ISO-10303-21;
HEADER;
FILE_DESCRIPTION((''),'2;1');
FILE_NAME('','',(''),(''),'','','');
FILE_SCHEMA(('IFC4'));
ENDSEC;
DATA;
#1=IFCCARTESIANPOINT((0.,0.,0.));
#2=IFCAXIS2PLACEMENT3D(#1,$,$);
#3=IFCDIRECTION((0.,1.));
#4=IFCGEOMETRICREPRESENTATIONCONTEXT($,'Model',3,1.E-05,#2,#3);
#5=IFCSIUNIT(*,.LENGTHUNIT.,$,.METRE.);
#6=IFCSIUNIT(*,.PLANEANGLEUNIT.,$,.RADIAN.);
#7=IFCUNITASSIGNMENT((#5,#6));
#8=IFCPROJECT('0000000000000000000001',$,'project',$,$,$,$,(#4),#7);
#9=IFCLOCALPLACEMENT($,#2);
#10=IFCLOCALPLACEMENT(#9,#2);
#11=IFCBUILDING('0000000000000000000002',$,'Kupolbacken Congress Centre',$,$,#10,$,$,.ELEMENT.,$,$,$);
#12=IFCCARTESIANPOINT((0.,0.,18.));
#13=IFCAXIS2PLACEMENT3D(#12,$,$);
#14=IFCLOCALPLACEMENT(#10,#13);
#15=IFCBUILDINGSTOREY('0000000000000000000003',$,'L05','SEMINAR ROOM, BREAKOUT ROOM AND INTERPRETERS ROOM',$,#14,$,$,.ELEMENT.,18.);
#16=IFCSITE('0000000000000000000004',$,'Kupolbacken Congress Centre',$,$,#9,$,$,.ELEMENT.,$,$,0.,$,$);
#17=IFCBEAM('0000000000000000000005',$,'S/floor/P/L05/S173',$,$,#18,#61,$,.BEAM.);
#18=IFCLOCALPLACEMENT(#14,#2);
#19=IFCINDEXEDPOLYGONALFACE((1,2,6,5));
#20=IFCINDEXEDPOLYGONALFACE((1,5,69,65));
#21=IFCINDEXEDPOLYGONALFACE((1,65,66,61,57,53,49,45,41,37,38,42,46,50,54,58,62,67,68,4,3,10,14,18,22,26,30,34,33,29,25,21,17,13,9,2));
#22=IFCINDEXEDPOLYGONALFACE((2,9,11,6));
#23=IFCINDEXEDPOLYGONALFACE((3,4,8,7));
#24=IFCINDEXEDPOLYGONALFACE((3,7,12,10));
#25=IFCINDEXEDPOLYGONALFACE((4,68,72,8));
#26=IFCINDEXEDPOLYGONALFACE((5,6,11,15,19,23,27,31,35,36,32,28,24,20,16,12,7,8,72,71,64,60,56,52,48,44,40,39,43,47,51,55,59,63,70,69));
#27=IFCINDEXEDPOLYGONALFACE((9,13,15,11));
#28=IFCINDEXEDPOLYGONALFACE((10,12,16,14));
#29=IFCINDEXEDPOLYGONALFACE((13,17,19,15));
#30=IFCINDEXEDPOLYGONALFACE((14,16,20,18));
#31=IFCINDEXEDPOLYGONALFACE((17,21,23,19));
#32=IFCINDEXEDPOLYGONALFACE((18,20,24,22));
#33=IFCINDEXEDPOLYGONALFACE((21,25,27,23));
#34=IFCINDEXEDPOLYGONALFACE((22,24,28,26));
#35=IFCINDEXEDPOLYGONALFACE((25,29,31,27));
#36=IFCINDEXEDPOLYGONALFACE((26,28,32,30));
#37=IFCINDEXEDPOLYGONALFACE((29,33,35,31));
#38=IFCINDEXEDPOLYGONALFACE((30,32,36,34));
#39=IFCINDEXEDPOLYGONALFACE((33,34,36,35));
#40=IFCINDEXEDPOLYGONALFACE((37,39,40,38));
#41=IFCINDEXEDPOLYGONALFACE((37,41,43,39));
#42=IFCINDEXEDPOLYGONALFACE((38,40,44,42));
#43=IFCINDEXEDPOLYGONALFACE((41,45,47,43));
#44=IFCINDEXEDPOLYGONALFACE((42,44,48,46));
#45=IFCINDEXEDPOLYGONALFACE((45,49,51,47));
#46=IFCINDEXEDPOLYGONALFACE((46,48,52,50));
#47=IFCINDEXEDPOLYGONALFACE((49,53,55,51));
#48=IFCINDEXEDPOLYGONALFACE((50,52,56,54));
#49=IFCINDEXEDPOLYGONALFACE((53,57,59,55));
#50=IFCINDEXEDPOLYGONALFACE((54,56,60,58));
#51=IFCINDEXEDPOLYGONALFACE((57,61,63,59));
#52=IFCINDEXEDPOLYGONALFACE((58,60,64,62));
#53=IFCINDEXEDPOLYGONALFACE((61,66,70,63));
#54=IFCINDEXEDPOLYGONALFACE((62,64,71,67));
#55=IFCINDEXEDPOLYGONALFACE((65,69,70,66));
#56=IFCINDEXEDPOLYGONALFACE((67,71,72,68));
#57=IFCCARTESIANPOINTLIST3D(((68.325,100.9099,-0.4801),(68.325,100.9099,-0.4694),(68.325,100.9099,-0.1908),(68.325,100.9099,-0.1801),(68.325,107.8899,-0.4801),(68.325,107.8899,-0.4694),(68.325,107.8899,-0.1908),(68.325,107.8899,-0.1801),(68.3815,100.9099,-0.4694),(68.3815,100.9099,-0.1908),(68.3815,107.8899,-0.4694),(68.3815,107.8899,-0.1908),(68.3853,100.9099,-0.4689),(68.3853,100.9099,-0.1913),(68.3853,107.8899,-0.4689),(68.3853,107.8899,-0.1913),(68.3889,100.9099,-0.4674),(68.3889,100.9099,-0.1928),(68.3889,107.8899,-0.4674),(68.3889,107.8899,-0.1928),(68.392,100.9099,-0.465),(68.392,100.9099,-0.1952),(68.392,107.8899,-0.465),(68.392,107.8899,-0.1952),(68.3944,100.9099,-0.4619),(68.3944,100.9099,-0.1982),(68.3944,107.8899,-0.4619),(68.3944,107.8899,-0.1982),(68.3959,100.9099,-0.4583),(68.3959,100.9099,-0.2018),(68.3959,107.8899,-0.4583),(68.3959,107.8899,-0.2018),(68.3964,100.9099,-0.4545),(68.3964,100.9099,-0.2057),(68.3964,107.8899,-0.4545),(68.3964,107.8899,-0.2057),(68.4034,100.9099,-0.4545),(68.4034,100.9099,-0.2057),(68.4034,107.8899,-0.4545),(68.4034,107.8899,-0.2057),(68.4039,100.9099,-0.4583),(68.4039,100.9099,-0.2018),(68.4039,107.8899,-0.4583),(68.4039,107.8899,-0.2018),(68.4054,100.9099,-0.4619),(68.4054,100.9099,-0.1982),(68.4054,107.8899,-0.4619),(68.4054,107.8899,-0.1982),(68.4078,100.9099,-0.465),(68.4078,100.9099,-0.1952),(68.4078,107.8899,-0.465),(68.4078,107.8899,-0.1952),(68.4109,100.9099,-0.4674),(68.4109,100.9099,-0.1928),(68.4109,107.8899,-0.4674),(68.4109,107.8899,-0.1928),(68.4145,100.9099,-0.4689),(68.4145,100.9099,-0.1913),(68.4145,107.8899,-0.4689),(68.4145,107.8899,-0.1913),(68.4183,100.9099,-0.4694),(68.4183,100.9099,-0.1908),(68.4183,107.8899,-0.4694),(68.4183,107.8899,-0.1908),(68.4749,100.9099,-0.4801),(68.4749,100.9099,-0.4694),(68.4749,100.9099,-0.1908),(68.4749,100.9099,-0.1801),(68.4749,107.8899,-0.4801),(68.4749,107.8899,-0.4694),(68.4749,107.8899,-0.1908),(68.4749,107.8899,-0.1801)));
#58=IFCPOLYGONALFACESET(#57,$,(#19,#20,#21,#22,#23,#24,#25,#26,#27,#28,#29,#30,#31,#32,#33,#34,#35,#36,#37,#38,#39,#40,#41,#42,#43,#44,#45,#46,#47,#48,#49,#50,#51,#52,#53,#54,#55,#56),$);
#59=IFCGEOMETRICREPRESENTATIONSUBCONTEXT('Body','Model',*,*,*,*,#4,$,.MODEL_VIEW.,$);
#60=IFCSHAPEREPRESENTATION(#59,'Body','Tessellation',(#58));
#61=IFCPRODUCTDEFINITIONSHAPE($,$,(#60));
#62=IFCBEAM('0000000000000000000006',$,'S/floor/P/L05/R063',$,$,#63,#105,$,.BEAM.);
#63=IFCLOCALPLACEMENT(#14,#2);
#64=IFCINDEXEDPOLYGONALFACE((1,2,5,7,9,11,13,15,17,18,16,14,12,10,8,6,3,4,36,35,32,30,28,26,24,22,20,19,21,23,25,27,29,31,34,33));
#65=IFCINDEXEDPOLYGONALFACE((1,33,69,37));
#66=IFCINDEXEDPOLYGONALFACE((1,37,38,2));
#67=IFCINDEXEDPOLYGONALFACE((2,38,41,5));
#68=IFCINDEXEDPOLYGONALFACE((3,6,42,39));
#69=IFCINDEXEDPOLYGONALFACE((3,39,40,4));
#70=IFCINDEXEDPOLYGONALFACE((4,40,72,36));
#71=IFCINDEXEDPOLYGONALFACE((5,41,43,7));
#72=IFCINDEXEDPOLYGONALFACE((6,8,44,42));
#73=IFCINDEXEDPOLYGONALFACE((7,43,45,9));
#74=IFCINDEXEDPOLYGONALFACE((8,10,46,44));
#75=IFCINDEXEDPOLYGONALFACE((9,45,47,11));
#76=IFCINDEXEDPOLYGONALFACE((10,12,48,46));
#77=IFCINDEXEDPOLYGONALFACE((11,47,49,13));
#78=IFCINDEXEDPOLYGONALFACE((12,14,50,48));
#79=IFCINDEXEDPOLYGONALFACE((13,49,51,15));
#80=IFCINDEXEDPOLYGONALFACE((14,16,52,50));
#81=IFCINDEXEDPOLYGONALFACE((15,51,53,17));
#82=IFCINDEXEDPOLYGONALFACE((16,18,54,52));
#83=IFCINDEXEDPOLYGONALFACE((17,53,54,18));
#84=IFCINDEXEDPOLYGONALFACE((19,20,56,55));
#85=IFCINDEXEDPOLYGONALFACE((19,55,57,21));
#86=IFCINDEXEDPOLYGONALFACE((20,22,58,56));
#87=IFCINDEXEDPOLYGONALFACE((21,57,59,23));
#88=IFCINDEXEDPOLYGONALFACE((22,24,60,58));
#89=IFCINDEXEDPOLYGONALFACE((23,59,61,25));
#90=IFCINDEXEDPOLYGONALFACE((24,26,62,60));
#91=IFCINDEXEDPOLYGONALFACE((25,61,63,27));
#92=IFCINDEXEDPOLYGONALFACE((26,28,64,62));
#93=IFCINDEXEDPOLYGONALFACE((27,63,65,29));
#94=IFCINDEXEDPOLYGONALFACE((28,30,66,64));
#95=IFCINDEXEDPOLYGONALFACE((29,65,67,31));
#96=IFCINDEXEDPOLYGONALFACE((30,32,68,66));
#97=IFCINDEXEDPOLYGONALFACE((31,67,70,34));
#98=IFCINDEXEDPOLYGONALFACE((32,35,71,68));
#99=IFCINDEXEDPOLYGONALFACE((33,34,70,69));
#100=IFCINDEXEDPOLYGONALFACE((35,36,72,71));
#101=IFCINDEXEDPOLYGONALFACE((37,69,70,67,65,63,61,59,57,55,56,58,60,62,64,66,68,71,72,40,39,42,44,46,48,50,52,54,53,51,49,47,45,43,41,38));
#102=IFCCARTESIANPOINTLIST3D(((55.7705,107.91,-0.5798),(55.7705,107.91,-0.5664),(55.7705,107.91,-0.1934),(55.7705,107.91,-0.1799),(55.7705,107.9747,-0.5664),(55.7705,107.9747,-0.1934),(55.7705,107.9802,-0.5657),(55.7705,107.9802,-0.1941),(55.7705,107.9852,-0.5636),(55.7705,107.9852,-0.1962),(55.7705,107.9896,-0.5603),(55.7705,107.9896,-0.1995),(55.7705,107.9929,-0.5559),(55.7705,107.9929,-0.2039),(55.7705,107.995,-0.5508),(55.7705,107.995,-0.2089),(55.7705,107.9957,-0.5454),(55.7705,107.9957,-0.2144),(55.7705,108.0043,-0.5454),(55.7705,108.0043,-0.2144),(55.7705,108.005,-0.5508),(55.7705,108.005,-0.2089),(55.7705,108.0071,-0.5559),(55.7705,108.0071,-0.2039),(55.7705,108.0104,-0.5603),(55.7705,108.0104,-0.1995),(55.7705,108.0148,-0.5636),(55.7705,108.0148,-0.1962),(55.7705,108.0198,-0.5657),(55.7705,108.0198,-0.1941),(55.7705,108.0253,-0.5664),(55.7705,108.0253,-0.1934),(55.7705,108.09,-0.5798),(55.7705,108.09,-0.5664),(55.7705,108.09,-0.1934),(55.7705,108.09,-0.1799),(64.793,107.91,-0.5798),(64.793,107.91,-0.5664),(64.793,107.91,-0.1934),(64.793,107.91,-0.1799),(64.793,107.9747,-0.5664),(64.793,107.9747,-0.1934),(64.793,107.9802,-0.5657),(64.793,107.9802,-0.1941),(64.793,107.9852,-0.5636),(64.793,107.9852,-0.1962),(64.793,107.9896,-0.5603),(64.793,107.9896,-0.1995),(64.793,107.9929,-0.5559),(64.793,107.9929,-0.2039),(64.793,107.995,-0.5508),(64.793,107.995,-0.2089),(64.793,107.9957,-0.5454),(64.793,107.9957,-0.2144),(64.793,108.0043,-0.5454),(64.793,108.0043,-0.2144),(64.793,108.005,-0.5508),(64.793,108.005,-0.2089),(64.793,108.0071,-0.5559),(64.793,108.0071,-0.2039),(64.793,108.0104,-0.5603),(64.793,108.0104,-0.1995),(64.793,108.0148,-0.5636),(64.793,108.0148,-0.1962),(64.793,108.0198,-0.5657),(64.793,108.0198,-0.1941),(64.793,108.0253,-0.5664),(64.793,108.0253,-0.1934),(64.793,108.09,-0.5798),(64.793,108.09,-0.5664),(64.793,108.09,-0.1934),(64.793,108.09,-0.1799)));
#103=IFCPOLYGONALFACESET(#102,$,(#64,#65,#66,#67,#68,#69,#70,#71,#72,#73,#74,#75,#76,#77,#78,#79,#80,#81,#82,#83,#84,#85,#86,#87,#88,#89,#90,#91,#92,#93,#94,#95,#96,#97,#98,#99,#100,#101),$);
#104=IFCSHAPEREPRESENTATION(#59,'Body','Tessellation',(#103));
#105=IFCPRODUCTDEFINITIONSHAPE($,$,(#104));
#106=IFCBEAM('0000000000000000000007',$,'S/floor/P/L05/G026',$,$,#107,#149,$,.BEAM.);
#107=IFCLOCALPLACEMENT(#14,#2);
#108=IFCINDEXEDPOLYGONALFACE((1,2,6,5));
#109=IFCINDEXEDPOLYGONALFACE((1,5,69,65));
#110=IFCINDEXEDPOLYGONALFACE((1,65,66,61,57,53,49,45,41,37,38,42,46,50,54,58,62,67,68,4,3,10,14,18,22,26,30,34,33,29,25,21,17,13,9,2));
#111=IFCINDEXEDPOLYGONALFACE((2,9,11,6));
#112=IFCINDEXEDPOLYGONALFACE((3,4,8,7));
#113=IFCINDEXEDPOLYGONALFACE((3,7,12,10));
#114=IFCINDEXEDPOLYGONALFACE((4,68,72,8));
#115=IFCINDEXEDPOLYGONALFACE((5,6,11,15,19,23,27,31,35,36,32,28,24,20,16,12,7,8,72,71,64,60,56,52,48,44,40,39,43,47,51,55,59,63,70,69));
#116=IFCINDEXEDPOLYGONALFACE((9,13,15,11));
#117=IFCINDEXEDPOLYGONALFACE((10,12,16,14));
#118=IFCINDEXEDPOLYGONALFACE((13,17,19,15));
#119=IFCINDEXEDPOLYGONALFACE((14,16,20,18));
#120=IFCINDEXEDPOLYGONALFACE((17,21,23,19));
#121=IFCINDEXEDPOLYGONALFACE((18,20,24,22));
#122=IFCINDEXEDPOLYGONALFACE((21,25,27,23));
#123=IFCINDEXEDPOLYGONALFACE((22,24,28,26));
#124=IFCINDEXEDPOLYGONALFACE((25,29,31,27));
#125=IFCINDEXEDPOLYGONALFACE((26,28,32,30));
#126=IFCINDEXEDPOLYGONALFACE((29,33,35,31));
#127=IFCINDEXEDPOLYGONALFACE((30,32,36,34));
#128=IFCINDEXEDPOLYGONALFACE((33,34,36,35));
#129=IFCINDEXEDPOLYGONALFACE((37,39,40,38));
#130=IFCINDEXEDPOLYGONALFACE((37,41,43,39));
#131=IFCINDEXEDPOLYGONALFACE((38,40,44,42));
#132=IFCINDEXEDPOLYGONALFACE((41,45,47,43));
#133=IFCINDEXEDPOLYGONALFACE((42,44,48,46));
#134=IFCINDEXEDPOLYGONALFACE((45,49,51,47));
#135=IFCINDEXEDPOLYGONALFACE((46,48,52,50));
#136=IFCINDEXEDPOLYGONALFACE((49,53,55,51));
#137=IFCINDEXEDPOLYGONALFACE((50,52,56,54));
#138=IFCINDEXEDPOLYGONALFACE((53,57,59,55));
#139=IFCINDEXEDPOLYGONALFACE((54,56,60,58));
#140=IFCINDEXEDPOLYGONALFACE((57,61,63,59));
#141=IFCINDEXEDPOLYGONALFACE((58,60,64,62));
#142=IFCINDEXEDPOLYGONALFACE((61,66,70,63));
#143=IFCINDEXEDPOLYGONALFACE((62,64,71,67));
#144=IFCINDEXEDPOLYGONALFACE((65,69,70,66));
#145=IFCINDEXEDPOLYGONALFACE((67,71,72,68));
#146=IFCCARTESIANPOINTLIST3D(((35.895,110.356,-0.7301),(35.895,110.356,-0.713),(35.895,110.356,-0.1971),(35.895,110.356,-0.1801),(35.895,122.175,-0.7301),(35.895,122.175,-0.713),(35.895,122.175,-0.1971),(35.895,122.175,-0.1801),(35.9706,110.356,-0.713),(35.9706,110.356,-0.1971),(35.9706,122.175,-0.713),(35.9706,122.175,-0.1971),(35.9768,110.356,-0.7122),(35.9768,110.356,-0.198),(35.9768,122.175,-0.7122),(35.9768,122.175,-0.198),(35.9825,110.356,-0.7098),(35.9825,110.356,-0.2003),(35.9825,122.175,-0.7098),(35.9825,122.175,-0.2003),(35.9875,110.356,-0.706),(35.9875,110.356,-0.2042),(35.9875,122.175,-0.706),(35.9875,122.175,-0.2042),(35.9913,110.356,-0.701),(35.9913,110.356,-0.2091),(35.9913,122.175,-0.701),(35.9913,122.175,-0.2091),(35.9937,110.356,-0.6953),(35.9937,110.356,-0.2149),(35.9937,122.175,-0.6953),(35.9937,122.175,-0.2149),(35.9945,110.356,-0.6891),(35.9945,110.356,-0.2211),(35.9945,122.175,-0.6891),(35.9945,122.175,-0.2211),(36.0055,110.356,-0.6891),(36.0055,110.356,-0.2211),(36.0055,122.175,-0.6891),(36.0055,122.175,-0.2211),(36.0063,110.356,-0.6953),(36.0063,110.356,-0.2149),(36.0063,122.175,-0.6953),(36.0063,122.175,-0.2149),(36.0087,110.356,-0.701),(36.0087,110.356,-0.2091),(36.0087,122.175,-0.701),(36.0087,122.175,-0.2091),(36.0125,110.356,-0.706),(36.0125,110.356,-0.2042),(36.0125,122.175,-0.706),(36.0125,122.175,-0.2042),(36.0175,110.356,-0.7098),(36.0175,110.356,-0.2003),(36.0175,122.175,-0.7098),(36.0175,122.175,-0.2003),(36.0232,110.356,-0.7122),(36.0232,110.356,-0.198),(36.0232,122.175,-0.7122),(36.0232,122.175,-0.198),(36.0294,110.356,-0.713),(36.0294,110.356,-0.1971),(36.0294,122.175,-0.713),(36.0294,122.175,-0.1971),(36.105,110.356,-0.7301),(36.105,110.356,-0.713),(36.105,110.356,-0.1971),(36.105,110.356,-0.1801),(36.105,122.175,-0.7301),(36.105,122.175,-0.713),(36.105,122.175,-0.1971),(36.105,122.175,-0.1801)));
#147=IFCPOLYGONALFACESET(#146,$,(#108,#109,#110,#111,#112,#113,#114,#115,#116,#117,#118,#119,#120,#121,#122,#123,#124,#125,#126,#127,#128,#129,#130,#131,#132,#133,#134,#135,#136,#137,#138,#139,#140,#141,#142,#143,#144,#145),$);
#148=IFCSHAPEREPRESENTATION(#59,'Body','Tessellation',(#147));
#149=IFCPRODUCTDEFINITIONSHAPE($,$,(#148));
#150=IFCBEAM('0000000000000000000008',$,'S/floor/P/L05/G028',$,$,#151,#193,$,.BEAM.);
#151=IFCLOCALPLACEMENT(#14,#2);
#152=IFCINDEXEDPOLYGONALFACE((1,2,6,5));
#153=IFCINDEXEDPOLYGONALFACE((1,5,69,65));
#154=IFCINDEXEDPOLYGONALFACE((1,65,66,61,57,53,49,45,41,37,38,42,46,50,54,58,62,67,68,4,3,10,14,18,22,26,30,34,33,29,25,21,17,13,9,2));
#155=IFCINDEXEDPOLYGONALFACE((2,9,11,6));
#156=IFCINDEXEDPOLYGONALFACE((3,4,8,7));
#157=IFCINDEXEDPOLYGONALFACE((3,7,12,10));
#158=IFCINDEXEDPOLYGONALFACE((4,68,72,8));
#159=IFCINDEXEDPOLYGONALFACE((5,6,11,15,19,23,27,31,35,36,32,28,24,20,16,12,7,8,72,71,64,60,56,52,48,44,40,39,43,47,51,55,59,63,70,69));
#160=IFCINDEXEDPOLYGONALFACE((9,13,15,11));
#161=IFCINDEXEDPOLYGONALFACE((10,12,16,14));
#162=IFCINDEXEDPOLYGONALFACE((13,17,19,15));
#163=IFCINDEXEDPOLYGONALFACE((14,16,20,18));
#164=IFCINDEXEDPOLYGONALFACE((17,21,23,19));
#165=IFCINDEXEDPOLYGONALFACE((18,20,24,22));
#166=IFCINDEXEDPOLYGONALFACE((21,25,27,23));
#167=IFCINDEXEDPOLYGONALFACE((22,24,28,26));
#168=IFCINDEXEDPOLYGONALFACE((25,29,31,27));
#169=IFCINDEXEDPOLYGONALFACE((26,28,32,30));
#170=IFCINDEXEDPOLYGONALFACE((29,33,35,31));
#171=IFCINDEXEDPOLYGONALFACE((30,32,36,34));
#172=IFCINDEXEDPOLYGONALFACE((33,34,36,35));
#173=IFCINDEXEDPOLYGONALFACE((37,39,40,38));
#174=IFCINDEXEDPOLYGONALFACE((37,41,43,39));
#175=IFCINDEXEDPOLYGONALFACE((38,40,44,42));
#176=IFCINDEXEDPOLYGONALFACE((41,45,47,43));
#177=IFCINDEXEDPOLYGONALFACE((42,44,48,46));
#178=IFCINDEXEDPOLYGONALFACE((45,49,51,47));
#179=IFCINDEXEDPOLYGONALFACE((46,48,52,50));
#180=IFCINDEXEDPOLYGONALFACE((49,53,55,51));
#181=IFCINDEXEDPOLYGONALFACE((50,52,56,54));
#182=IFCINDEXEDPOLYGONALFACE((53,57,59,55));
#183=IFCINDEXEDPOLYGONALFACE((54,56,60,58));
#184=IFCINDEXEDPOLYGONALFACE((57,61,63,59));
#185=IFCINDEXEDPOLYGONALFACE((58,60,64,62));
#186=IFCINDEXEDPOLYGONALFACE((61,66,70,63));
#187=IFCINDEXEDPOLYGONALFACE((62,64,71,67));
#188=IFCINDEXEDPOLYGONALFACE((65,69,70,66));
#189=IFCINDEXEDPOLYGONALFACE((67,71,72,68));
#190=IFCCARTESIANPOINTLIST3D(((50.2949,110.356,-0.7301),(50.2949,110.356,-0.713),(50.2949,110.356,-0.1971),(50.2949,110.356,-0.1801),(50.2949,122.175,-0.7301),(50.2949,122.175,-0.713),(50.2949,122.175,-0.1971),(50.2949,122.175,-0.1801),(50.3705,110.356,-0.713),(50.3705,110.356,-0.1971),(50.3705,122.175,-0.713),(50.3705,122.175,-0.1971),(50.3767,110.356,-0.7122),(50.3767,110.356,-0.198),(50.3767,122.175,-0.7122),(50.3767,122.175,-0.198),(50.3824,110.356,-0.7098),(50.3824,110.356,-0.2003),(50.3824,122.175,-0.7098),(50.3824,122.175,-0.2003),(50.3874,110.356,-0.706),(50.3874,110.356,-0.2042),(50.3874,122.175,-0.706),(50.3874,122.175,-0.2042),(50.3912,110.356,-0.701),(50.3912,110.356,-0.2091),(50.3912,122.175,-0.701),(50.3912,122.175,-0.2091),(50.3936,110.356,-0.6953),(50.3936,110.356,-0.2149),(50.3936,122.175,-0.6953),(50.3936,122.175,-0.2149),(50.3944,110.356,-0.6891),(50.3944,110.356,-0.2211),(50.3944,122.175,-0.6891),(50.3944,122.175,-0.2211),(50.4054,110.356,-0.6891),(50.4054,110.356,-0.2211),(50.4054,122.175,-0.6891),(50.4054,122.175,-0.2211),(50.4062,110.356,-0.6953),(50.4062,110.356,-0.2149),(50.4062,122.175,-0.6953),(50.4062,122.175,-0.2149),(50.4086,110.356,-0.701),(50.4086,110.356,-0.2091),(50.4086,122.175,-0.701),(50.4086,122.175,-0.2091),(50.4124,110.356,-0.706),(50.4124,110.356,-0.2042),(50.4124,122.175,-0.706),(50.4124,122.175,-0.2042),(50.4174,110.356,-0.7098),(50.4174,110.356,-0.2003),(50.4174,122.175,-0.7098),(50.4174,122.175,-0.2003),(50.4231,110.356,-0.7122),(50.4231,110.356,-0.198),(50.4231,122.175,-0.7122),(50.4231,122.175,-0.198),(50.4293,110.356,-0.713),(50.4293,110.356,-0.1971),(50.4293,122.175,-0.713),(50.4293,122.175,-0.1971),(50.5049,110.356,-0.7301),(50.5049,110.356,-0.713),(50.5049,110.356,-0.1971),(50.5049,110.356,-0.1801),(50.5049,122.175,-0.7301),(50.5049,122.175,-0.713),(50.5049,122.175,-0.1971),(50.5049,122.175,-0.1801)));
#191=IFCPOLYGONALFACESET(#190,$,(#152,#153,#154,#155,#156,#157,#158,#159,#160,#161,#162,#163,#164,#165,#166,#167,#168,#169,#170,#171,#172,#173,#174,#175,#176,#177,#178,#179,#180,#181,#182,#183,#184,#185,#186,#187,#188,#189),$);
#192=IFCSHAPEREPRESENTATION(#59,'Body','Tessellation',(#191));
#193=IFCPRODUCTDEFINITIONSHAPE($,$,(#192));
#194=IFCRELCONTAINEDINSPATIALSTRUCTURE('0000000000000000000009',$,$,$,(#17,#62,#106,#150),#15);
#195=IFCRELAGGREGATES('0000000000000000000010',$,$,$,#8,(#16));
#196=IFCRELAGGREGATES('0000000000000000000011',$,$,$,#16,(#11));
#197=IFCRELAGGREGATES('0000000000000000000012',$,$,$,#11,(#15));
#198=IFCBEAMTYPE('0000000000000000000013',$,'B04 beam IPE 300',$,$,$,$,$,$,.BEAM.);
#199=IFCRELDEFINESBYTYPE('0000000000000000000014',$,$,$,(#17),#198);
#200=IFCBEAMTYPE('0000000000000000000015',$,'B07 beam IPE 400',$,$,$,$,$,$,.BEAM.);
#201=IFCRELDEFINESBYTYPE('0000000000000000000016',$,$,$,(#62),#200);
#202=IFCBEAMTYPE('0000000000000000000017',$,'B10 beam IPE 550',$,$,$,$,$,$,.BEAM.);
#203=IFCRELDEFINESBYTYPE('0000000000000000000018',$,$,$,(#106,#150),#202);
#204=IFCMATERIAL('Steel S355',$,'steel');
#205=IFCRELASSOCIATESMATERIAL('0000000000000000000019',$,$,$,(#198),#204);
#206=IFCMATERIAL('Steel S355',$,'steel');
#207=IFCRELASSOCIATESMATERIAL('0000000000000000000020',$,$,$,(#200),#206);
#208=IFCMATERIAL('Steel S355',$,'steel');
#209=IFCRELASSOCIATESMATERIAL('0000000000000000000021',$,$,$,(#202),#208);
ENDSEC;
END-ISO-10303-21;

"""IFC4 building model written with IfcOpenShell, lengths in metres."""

from ifc_helpers import new_model, si_unit, direction, frame, origin, origin_2d, place, context, subcontext, project, spatial, i_section, extrude, material, material_profile, profile_set, type_object, element, save


model = new_model("IFC4")

# Units and contexts
model_context = context("Model", 3, precision=1e-05, world=origin(), true_north=direction((0.0, 1.0)))
body_context = subcontext(model_context, "Body", "Model", "MODEL_VIEW")
ifc_project = project(units=[si_unit("LENGTHUNIT", "METRE"), si_unit("PLANEANGLEUNIT", "RADIAN")], contexts=[model_context])

# Site, building, storey
site_placement = place(None, origin())
site = spatial("IfcSite", under=ifc_project, at=site_placement, Name="Kupolbacken Congress Centre", CompositionType="ELEMENT", RefElevation=0.0)
building_placement = place(site_placement, origin())
building = spatial("IfcBuilding", under=site, at=building_placement, Name="Kupolbacken Congress Centre", CompositionType="ELEMENT")
storey_placement = place(building_placement, frame((0.0, 0.0, 18.0)))
storey = spatial("IfcBuildingStorey", under=building, at=storey_placement, Name="L05", Description="SEMINAR ROOM, BREAKOUT ROOM AND INTERPRETERS ROOM", CompositionType="ELEMENT", Elevation=18.0)

# Beams
ifc_material_1 = material(Name="Steel S355", Category="steel")
ifc_material_profile_1 = material_profile(ifc_material_1, i_section(OverallWidth=0.1499, OverallDepth=0.3, WebThickness=0.0071, FlangeThickness=0.0107, FilletRadius=0.0149, at=origin_2d()), Name="IPE 300")
ifc_profile_set_1 = profile_set([ifc_material_profile_1], Name="Steel S355")
beam_type_1 = type_object("IfcBeamType", Name="B04 beam IPE 300", PredefinedType="BEAM", material=ifc_profile_set_1)
beam_1_placement = place(storey_placement, frame((68.3999, 100.9099, -0.3301), z_axis=(0.0, 1.0, 0.0), x_axis=(-1.0, 0.0, 0.0)))
element("IfcBeam", 1, at=beam_1_placement, inside=storey, type_object=beam_type_1, Name="S/floor/P/L05/S173", PredefinedType="BEAM", context=body_context, shape_type="SweptSolid", body=[
    extrude(i_section(OverallWidth=0.1499, OverallDepth=0.3, WebThickness=0.0071, FlangeThickness=0.0107, FilletRadius=0.0149, at=origin_2d()), origin(), (0.0, 0.0, 1.0), 6.98),
])
ifc_material_2 = material(Name="Steel S355", Category="steel")
ifc_material_profile_2 = material_profile(ifc_material_2, i_section(OverallWidth=0.1799, OverallDepth=0.3999, WebThickness=0.0085, FlangeThickness=0.0134, FilletRadius=0.021, at=origin_2d()), Name="IPE 400")
ifc_profile_set_2 = profile_set([ifc_material_profile_2], Name="Steel S355")
beam_type_2 = type_object("IfcBeamType", Name="B07 beam IPE 400", PredefinedType="BEAM", material=ifc_profile_set_2)
beam_2_placement = place(storey_placement, frame((55.7705, 108.0, -0.3799), z_axis=(1.0, 0.0, 0.0), x_axis=(0.0, 1.0, 0.0)))
element("IfcBeam", 2, at=beam_2_placement, inside=storey, type_object=beam_type_2, Name="S/floor/P/L05/R063", PredefinedType="BEAM", context=body_context, shape_type="SweptSolid", body=[
    extrude(i_section(OverallWidth=0.1799, OverallDepth=0.3999, WebThickness=0.0085, FlangeThickness=0.0134, FilletRadius=0.021, at=origin_2d()), origin(), (0.0, 0.0, 1.0), 9.0225),
])
ifc_material_3 = material(Name="Steel S355", Category="steel")
ifc_material_profile_3 = material_profile(ifc_material_3, i_section(OverallWidth=0.21, OverallDepth=0.55, WebThickness=0.011, FlangeThickness=0.0171, FilletRadius=0.0239, at=origin_2d()), Name="IPE 550")
ifc_profile_set_3 = profile_set([ifc_material_profile_3], Name="Steel S355")
beam_type_3 = type_object("IfcBeamType", Name="B10 beam IPE 550", PredefinedType="BEAM", material=ifc_profile_set_3)
for number, where, z_axis, x_axis, name in (
    (3, (36.0, 110.356, -0.4551), (0.0, 1.0, 0.0), (-1.0, 0.0, 0.0), "S/floor/P/L05/G026"),
    (4, (50.3999, 110.356, -0.4551), (0.0, 1.0, 0.0), (-1.0, 0.0, 0.0), "S/floor/P/L05/G028"),
):
    element("IfcBeam", number, at=place(storey_placement, frame(where, z_axis=z_axis, x_axis=x_axis)), inside=storey, type_object=beam_type_3, Name=name, PredefinedType="BEAM", context=body_context, shape_type="SweptSolid", body=[
        extrude(i_section(OverallWidth=0.21, OverallDepth=0.55, WebThickness=0.011, FlangeThickness=0.0171, FilletRadius=0.0239, at=origin_2d()), origin(), (0.0, 0.0, 1.0), 11.8191),
    ])

save(model, "model.ifc")
